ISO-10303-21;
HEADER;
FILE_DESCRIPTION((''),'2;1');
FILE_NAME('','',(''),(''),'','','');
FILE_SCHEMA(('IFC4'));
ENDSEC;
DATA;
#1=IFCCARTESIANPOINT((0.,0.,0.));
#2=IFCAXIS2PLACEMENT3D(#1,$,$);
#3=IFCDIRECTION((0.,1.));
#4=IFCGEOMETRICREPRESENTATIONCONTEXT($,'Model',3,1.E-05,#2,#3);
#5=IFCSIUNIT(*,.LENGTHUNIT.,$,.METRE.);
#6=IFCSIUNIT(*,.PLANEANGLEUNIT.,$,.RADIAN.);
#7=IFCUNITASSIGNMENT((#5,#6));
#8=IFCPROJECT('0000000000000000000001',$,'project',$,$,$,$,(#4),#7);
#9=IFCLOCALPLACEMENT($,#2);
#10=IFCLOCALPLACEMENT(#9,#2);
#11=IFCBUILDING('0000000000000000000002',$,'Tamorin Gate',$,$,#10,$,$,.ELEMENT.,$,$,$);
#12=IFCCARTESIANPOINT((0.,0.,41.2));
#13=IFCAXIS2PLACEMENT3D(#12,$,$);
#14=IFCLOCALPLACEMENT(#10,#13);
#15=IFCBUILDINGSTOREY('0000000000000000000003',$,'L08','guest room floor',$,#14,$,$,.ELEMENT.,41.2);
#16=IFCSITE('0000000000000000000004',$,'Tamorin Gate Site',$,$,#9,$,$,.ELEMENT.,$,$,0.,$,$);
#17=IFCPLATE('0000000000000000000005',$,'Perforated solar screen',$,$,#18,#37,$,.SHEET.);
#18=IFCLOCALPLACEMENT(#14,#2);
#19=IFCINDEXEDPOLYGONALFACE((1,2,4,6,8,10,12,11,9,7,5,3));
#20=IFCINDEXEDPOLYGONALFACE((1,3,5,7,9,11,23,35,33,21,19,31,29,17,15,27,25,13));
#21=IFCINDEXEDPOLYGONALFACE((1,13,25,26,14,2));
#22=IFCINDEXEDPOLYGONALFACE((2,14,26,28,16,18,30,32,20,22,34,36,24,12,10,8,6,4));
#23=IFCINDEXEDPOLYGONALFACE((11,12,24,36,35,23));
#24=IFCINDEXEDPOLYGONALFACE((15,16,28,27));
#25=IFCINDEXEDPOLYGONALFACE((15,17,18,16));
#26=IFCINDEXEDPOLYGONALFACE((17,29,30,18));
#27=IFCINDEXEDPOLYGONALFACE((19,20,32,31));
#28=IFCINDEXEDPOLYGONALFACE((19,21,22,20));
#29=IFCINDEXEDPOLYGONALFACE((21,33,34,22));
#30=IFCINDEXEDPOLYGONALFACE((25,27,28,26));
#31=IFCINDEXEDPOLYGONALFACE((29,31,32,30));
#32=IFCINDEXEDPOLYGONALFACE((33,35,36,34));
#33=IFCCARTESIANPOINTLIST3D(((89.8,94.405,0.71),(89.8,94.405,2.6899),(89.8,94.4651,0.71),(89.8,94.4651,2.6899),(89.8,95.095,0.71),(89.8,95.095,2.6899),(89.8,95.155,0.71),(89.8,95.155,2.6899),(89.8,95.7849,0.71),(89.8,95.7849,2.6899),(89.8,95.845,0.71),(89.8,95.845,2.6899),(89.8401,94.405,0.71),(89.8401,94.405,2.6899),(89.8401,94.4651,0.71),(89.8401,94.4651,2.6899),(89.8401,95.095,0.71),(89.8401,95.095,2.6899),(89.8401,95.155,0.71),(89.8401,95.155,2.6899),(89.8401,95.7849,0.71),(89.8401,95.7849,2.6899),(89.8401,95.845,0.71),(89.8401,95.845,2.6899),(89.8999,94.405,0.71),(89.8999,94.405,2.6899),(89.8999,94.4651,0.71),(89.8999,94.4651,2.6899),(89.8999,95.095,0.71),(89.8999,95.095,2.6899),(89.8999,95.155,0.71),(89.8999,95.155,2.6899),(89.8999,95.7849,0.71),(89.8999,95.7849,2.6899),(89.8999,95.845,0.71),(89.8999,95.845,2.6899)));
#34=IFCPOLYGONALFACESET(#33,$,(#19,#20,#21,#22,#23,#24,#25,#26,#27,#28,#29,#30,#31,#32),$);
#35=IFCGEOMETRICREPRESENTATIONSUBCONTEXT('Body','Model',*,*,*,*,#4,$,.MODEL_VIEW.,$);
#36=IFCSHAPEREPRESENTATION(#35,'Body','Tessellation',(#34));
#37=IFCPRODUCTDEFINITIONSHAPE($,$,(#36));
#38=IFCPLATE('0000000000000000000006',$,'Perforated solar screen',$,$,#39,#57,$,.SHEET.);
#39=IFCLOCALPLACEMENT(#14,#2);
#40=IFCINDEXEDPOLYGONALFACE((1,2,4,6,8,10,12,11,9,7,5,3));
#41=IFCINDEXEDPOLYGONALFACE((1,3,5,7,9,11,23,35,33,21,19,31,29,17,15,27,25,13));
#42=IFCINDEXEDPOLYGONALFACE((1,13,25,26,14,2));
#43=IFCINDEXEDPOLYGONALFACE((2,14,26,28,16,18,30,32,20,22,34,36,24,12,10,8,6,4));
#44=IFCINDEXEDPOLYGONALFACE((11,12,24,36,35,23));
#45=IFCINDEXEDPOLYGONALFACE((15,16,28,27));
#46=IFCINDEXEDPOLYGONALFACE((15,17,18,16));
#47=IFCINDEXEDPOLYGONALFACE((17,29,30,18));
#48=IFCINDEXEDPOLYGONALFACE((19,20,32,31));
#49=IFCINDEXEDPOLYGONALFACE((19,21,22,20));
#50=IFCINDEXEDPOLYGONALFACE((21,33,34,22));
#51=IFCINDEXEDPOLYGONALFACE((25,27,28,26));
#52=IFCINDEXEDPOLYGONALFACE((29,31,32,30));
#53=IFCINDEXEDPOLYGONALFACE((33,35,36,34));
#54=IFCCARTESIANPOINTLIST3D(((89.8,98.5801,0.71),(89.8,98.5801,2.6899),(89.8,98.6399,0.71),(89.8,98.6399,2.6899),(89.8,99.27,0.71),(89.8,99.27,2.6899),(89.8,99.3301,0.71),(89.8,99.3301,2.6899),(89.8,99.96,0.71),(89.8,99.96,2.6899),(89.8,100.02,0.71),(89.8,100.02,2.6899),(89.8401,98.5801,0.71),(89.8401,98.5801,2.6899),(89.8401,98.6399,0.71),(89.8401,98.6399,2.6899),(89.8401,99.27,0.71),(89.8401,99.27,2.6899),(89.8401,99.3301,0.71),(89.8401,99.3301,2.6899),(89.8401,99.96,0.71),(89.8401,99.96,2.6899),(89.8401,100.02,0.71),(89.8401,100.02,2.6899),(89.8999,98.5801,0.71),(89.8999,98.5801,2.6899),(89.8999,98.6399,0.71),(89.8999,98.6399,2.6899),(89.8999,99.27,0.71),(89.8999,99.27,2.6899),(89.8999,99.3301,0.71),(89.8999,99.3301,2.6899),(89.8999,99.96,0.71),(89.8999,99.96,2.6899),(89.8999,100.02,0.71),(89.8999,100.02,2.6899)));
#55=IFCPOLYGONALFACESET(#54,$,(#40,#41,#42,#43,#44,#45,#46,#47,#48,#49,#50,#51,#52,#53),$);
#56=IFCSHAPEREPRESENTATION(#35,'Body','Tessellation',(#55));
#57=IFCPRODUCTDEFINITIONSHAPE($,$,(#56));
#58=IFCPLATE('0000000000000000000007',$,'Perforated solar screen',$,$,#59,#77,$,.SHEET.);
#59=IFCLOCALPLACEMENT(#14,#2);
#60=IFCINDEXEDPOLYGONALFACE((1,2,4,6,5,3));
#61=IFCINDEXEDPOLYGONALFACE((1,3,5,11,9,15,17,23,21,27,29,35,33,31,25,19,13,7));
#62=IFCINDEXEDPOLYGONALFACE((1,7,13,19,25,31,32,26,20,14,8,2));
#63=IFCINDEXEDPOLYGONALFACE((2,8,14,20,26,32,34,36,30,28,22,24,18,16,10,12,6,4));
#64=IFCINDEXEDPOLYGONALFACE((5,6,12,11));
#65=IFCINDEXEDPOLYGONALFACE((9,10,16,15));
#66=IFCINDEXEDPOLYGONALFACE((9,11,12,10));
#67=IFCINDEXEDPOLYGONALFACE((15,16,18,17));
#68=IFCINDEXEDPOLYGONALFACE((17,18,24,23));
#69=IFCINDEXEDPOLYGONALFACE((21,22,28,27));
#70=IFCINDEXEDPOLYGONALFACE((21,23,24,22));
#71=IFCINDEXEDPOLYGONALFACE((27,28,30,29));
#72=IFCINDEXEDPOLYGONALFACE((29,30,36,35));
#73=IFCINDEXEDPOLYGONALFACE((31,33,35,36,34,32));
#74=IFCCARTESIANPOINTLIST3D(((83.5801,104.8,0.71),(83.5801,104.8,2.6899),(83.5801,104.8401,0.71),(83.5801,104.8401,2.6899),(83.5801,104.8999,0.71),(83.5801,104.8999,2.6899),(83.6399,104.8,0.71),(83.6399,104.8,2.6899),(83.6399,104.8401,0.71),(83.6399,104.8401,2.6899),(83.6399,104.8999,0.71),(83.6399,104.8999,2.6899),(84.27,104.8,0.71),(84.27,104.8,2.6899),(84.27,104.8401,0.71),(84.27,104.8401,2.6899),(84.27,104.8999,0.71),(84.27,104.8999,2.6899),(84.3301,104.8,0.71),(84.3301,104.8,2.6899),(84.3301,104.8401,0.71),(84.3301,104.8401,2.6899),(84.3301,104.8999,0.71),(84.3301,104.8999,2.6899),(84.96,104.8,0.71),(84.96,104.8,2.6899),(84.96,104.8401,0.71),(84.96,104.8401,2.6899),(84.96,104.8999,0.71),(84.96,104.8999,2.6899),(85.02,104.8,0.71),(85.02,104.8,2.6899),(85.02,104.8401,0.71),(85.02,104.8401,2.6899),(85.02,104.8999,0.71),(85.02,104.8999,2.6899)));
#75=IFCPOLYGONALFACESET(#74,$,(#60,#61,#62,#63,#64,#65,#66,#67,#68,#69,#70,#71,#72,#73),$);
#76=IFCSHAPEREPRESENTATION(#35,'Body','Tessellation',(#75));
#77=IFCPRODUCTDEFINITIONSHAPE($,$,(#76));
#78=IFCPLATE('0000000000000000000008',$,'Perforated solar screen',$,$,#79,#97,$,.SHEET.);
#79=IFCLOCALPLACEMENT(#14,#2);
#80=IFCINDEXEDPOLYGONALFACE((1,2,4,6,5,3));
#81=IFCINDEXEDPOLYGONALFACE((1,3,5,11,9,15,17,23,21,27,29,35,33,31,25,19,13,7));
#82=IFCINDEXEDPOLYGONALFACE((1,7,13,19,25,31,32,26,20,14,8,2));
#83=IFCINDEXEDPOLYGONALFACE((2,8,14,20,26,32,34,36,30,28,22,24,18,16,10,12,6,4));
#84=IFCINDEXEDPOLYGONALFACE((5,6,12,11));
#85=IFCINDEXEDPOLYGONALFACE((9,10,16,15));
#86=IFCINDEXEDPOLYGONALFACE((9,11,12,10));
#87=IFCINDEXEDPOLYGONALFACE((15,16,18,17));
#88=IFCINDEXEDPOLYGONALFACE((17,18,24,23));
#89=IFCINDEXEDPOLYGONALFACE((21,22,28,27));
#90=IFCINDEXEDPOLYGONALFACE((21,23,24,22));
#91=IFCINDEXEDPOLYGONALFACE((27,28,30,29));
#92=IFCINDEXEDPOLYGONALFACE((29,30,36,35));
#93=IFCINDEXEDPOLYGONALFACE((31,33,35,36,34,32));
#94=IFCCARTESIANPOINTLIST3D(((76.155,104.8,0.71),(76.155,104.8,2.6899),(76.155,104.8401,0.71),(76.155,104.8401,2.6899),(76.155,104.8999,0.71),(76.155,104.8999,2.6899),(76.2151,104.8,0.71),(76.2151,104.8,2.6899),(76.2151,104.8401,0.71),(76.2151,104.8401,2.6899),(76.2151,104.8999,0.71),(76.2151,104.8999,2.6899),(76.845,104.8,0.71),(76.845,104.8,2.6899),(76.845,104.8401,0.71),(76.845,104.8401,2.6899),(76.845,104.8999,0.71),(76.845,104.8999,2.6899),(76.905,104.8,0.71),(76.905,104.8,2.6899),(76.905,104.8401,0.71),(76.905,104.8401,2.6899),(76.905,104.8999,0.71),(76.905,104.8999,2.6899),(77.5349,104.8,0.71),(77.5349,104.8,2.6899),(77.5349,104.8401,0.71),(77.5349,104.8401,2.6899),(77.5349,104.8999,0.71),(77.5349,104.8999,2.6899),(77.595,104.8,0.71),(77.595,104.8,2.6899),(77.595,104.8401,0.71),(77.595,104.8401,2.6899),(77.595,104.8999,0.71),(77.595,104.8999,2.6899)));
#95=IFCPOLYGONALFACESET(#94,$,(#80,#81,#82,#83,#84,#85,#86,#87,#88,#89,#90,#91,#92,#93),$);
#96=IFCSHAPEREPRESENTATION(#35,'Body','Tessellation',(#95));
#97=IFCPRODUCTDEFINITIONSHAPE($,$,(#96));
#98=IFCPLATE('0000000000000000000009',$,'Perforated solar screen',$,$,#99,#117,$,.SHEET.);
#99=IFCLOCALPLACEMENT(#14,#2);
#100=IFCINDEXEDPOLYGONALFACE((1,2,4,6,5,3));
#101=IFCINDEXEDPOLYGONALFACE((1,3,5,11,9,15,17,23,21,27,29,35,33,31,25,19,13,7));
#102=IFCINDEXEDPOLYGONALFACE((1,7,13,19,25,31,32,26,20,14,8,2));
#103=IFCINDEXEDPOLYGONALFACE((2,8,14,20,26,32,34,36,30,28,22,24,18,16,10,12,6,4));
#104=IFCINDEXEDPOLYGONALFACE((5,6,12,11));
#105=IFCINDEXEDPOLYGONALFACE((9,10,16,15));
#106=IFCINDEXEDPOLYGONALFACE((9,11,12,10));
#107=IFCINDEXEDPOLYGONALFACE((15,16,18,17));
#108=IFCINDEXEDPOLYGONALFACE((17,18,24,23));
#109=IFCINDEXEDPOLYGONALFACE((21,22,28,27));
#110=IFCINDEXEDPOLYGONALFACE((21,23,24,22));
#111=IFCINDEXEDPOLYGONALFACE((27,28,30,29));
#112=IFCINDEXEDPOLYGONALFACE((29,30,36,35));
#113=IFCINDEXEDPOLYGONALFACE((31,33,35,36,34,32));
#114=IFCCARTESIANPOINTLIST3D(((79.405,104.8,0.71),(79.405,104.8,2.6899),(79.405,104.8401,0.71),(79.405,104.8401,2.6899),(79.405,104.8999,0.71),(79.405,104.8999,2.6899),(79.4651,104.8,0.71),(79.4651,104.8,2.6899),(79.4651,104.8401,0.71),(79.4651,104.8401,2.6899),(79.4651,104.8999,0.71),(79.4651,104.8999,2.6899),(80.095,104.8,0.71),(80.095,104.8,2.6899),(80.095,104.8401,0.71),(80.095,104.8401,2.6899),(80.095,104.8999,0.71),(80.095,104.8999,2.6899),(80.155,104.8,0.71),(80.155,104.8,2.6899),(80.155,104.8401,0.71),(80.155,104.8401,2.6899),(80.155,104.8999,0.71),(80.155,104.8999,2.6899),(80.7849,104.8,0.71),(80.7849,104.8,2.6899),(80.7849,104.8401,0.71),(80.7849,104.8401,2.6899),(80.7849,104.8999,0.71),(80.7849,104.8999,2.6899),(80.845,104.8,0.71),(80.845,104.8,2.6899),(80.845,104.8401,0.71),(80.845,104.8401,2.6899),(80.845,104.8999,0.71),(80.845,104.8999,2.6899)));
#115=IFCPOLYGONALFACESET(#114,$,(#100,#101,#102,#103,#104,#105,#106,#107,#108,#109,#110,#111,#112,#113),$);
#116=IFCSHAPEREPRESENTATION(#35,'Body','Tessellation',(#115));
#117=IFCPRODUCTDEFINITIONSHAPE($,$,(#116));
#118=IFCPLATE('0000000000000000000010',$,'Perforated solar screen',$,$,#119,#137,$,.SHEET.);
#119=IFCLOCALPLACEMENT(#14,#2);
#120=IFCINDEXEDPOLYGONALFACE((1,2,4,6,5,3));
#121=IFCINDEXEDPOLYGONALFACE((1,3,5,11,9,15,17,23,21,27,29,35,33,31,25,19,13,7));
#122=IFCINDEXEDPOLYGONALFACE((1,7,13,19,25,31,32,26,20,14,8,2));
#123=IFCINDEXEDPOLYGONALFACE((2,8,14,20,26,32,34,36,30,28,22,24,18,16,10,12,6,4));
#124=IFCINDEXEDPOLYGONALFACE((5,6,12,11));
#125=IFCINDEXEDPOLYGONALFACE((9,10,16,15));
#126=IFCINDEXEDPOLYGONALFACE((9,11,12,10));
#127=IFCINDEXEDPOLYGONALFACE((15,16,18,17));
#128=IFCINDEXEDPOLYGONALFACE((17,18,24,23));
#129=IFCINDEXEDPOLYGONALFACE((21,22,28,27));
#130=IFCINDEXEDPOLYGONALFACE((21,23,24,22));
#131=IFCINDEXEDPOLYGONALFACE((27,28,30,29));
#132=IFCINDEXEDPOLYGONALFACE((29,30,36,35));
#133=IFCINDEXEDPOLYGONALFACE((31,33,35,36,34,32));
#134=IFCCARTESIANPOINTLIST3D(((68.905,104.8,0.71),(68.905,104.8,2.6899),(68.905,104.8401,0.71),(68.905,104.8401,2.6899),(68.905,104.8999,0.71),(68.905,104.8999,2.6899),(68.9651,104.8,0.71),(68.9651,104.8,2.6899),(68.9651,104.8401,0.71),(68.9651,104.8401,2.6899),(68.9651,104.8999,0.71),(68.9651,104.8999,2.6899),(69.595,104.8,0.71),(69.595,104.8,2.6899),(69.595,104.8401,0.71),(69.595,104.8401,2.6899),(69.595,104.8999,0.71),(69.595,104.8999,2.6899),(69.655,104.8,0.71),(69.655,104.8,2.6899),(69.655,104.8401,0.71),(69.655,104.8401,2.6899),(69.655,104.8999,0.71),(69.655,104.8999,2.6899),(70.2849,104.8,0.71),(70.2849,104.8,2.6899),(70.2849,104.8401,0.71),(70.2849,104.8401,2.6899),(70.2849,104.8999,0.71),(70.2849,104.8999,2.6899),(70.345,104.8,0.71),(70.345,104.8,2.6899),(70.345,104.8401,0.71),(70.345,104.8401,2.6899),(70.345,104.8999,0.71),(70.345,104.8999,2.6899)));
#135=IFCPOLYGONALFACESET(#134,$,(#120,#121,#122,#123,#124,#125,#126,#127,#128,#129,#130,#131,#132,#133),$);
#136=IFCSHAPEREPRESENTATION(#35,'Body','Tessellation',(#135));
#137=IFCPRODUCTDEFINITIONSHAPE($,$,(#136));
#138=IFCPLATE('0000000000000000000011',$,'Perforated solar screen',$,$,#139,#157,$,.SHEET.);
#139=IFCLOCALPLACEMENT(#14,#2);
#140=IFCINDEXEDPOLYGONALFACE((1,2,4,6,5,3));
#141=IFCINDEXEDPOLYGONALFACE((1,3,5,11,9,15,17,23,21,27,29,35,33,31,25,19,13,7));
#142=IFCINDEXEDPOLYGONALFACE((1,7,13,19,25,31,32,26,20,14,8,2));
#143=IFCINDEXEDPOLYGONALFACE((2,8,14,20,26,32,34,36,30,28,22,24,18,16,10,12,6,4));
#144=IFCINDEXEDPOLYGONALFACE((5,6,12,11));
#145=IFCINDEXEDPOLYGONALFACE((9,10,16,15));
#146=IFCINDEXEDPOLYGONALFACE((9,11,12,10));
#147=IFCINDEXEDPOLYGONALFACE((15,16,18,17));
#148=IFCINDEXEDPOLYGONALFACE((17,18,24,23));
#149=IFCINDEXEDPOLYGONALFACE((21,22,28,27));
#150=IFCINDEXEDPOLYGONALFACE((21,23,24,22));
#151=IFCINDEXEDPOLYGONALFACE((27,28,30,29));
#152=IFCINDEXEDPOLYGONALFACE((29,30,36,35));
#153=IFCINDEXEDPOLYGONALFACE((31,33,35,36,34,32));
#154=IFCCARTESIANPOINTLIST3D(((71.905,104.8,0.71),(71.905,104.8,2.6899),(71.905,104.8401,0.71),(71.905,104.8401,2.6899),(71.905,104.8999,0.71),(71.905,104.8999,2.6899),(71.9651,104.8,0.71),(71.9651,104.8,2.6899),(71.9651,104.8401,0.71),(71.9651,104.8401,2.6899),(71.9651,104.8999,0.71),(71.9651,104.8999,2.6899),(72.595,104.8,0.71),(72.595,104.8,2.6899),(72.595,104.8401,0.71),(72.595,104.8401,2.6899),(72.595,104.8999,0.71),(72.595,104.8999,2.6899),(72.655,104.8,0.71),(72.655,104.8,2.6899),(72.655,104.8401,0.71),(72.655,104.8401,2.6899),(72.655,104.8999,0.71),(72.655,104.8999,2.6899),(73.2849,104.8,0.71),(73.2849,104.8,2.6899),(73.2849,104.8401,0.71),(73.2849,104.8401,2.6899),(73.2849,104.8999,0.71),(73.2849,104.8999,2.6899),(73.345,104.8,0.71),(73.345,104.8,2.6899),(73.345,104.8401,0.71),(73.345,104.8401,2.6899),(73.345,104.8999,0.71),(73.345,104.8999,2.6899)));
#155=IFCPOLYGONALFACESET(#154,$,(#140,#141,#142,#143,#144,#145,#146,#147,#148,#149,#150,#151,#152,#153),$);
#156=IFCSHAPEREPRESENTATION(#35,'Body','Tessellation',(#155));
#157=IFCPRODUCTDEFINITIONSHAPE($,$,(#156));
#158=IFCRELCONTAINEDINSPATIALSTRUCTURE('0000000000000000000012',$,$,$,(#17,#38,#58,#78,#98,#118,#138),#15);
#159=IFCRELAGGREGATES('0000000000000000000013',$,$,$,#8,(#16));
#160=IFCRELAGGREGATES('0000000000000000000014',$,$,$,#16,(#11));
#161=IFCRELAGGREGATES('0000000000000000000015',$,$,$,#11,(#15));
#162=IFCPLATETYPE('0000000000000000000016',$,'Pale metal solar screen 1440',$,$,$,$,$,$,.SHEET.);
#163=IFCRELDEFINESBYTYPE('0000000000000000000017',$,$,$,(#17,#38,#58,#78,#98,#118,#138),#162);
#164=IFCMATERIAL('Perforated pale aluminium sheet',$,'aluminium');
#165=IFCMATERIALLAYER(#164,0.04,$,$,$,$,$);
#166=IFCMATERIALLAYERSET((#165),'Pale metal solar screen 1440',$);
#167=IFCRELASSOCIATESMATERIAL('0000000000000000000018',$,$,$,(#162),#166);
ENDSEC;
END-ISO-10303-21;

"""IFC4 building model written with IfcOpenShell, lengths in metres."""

from ifc_helpers import new_model, si_unit, direction, frame, origin, place, context, subcontext, project, spatial, polyline, outline, extrude, material, layer, layer_set, type_object, element, save


model = new_model("IFC4")

# Units and contexts
model_context = context("Model", 3, precision=1e-05, world=origin(), true_north=direction((0.0, 1.0)))
body_context = subcontext(model_context, "Body", "Model", "MODEL_VIEW")
ifc_project = project(units=[si_unit("LENGTHUNIT", "METRE"), si_unit("PLANEANGLEUNIT", "RADIAN")], contexts=[model_context])

# Site, building, storey
site_placement = place(None, origin())
site = spatial("IfcSite", under=ifc_project, at=site_placement, Name="Tamorin Gate Site", CompositionType="ELEMENT", RefElevation=0.0)
building_placement = place(site_placement, origin())
building = spatial("IfcBuilding", under=site, at=building_placement, Name="Tamorin Gate", CompositionType="ELEMENT")
storey_placement = place(building_placement, frame((0.0, 0.0, 41.2)))
storey = spatial("IfcBuildingStorey", under=building, at=storey_placement, Name="L08", Description="guest room floor", CompositionType="ELEMENT", Elevation=41.2)

# Plates
ifc_material = material(Name="Perforated pale aluminium sheet", Category="aluminium")
ifc_layer = layer(ifc_material, 0.04)
ifc_layer_set = layer_set([ifc_layer], Name="Pale metal solar screen 1440")
plate_type = type_object("IfcPlateType", Name="Pale metal solar screen 1440", PredefinedType="SHEET", material=ifc_layer_set)
plate_1_placement = place(storey_placement, frame((0.0, 0.0, 0.71)))
element("IfcPlate", 1, at=plate_1_placement, inside=storey, type_object=plate_type, Name="Perforated solar screen", PredefinedType="SHEET", context=body_context, shape_type="SweptSolid", body=[
    extrude(outline(polyline([(89.8401, 94.405), (89.8, 94.405), (89.8, 94.4651), (89.8, 95.095), (89.8, 95.155), (89.8, 95.7849), (89.8, 95.845), (89.8401, 95.845), (89.8999, 95.845), (89.8999, 95.7849), (89.8401, 95.7849), (89.8401, 95.155), (89.8999, 95.155), (89.8999, 95.095), (89.8401, 95.095), (89.8401, 94.4651), (89.8999, 94.4651), (89.8999, 94.405), (89.8401, 94.405)])), origin(), (0.0, 0.0, 1.0), 1.98),
])
plate_2_placement = place(storey_placement, frame((0.0, 0.0, 0.71)))
element("IfcPlate", 2, at=plate_2_placement, inside=storey, type_object=plate_type, Name="Perforated solar screen", PredefinedType="SHEET", context=body_context, shape_type="SweptSolid", body=[
    extrude(outline(polyline([(89.8401, 98.5801), (89.8, 98.5801), (89.8, 98.6399), (89.8, 99.27), (89.8, 99.3301), (89.8, 99.96), (89.8, 100.02), (89.8401, 100.02), (89.8999, 100.02), (89.8999, 99.96), (89.8401, 99.96), (89.8401, 99.3301), (89.8999, 99.3301), (89.8999, 99.27), (89.8401, 99.27), (89.8401, 98.6399), (89.8999, 98.6399), (89.8999, 98.5801), (89.8401, 98.5801)])), origin(), (0.0, 0.0, 1.0), 1.98),
])
plate_3_placement = place(storey_placement, frame((0.0, 0.0, 0.71)))
element("IfcPlate", 3, at=plate_3_placement, inside=storey, type_object=plate_type, Name="Perforated solar screen", PredefinedType="SHEET", context=body_context, shape_type="SweptSolid", body=[
    extrude(outline(polyline([(85.02, 104.8401), (85.02, 104.8), (84.96, 104.8), (84.3301, 104.8), (84.27, 104.8), (83.6399, 104.8), (83.5801, 104.8), (83.5801, 104.8401), (83.5801, 104.8999), (83.6399, 104.8999), (83.6399, 104.8401), (84.27, 104.8401), (84.27, 104.8999), (84.3301, 104.8999), (84.3301, 104.8401), (84.96, 104.8401), (84.96, 104.8999), (85.02, 104.8999), (85.02, 104.8401)])), origin(), (0.0, 0.0, 1.0), 1.98),
])
plate_4_placement = place(storey_placement, frame((0.0, 0.0, 0.71)))
element("IfcPlate", 4, at=plate_4_placement, inside=storey, type_object=plate_type, Name="Perforated solar screen", PredefinedType="SHEET", context=body_context, shape_type="SweptSolid", body=[
    extrude(outline(polyline([(77.595, 104.8401), (77.595, 104.8), (77.5349, 104.8), (76.905, 104.8), (76.845, 104.8), (76.2151, 104.8), (76.155, 104.8), (76.155, 104.8401), (76.155, 104.8999), (76.2151, 104.8999), (76.2151, 104.8401), (76.845, 104.8401), (76.845, 104.8999), (76.905, 104.8999), (76.905, 104.8401), (77.5349, 104.8401), (77.5349, 104.8999), (77.595, 104.8999), (77.595, 104.8401)])), origin(), (0.0, 0.0, 1.0), 1.98),
])
plate_5_placement = place(storey_placement, frame((0.0, 0.0, 0.71)))
element("IfcPlate", 5, at=plate_5_placement, inside=storey, type_object=plate_type, Name="Perforated solar screen", PredefinedType="SHEET", context=body_context, shape_type="SweptSolid", body=[
    extrude(outline(polyline([(80.845, 104.8401), (80.845, 104.8), (80.7849, 104.8), (80.155, 104.8), (80.095, 104.8), (79.4651, 104.8), (79.405, 104.8), (79.405, 104.8), (79.405, 104.8401), (79.405, 104.8401), (79.405, 104.8999), (79.4651, 104.8999), (79.4651, 104.8401), (80.095, 104.8401), (80.095, 104.8999), (80.155, 104.8999), (80.155, 104.8401), (80.7849, 104.8401), (80.7849, 104.8999), (80.845, 104.8999), (80.845, 104.8401)])), origin(), (0.0, 0.0, 1.0), 1.98),
])
plate_6_placement = place(storey_placement, frame((0.0, 0.0, 0.71)))
element("IfcPlate", 6, at=plate_6_placement, inside=storey, type_object=plate_type, Name="Perforated solar screen", PredefinedType="SHEET", context=body_context, shape_type="SweptSolid", body=[
    extrude(outline(polyline([(70.345, 104.8401), (70.345, 104.8), (70.2849, 104.8), (69.655, 104.8), (69.595, 104.8), (68.9651, 104.8), (68.905, 104.8), (68.905, 104.8401), (68.905, 104.8999), (68.9651, 104.8999), (68.9651, 104.8401), (69.595, 104.8401), (69.595, 104.8999), (69.655, 104.8999), (69.655, 104.8401), (70.2849, 104.8401), (70.2849, 104.8999), (70.345, 104.8999), (70.345, 104.8401)])), origin(), (0.0, 0.0, 1.0), 1.98),
])
plate_7_placement = place(storey_placement, frame((0.0, 0.0, 0.71)))
element("IfcPlate", 7, at=plate_7_placement, inside=storey, type_object=plate_type, Name="Perforated solar screen", PredefinedType="SHEET", context=body_context, shape_type="SweptSolid", body=[
    extrude(outline(polyline([(73.345, 104.8401), (73.345, 104.8), (73.2849, 104.8), (72.655, 104.8), (72.595, 104.8), (71.9651, 104.8), (71.905, 104.8), (71.905, 104.8401), (71.905, 104.8999), (71.9651, 104.8999), (71.9651, 104.8401), (72.595, 104.8401), (72.595, 104.8999), (72.655, 104.8999), (72.655, 104.8401), (73.2849, 104.8401), (73.2849, 104.8999), (73.345, 104.8999), (73.345, 104.8401)])), origin(), (0.0, 0.0, 1.0), 1.98),
])

save(model, "model.ifc")
